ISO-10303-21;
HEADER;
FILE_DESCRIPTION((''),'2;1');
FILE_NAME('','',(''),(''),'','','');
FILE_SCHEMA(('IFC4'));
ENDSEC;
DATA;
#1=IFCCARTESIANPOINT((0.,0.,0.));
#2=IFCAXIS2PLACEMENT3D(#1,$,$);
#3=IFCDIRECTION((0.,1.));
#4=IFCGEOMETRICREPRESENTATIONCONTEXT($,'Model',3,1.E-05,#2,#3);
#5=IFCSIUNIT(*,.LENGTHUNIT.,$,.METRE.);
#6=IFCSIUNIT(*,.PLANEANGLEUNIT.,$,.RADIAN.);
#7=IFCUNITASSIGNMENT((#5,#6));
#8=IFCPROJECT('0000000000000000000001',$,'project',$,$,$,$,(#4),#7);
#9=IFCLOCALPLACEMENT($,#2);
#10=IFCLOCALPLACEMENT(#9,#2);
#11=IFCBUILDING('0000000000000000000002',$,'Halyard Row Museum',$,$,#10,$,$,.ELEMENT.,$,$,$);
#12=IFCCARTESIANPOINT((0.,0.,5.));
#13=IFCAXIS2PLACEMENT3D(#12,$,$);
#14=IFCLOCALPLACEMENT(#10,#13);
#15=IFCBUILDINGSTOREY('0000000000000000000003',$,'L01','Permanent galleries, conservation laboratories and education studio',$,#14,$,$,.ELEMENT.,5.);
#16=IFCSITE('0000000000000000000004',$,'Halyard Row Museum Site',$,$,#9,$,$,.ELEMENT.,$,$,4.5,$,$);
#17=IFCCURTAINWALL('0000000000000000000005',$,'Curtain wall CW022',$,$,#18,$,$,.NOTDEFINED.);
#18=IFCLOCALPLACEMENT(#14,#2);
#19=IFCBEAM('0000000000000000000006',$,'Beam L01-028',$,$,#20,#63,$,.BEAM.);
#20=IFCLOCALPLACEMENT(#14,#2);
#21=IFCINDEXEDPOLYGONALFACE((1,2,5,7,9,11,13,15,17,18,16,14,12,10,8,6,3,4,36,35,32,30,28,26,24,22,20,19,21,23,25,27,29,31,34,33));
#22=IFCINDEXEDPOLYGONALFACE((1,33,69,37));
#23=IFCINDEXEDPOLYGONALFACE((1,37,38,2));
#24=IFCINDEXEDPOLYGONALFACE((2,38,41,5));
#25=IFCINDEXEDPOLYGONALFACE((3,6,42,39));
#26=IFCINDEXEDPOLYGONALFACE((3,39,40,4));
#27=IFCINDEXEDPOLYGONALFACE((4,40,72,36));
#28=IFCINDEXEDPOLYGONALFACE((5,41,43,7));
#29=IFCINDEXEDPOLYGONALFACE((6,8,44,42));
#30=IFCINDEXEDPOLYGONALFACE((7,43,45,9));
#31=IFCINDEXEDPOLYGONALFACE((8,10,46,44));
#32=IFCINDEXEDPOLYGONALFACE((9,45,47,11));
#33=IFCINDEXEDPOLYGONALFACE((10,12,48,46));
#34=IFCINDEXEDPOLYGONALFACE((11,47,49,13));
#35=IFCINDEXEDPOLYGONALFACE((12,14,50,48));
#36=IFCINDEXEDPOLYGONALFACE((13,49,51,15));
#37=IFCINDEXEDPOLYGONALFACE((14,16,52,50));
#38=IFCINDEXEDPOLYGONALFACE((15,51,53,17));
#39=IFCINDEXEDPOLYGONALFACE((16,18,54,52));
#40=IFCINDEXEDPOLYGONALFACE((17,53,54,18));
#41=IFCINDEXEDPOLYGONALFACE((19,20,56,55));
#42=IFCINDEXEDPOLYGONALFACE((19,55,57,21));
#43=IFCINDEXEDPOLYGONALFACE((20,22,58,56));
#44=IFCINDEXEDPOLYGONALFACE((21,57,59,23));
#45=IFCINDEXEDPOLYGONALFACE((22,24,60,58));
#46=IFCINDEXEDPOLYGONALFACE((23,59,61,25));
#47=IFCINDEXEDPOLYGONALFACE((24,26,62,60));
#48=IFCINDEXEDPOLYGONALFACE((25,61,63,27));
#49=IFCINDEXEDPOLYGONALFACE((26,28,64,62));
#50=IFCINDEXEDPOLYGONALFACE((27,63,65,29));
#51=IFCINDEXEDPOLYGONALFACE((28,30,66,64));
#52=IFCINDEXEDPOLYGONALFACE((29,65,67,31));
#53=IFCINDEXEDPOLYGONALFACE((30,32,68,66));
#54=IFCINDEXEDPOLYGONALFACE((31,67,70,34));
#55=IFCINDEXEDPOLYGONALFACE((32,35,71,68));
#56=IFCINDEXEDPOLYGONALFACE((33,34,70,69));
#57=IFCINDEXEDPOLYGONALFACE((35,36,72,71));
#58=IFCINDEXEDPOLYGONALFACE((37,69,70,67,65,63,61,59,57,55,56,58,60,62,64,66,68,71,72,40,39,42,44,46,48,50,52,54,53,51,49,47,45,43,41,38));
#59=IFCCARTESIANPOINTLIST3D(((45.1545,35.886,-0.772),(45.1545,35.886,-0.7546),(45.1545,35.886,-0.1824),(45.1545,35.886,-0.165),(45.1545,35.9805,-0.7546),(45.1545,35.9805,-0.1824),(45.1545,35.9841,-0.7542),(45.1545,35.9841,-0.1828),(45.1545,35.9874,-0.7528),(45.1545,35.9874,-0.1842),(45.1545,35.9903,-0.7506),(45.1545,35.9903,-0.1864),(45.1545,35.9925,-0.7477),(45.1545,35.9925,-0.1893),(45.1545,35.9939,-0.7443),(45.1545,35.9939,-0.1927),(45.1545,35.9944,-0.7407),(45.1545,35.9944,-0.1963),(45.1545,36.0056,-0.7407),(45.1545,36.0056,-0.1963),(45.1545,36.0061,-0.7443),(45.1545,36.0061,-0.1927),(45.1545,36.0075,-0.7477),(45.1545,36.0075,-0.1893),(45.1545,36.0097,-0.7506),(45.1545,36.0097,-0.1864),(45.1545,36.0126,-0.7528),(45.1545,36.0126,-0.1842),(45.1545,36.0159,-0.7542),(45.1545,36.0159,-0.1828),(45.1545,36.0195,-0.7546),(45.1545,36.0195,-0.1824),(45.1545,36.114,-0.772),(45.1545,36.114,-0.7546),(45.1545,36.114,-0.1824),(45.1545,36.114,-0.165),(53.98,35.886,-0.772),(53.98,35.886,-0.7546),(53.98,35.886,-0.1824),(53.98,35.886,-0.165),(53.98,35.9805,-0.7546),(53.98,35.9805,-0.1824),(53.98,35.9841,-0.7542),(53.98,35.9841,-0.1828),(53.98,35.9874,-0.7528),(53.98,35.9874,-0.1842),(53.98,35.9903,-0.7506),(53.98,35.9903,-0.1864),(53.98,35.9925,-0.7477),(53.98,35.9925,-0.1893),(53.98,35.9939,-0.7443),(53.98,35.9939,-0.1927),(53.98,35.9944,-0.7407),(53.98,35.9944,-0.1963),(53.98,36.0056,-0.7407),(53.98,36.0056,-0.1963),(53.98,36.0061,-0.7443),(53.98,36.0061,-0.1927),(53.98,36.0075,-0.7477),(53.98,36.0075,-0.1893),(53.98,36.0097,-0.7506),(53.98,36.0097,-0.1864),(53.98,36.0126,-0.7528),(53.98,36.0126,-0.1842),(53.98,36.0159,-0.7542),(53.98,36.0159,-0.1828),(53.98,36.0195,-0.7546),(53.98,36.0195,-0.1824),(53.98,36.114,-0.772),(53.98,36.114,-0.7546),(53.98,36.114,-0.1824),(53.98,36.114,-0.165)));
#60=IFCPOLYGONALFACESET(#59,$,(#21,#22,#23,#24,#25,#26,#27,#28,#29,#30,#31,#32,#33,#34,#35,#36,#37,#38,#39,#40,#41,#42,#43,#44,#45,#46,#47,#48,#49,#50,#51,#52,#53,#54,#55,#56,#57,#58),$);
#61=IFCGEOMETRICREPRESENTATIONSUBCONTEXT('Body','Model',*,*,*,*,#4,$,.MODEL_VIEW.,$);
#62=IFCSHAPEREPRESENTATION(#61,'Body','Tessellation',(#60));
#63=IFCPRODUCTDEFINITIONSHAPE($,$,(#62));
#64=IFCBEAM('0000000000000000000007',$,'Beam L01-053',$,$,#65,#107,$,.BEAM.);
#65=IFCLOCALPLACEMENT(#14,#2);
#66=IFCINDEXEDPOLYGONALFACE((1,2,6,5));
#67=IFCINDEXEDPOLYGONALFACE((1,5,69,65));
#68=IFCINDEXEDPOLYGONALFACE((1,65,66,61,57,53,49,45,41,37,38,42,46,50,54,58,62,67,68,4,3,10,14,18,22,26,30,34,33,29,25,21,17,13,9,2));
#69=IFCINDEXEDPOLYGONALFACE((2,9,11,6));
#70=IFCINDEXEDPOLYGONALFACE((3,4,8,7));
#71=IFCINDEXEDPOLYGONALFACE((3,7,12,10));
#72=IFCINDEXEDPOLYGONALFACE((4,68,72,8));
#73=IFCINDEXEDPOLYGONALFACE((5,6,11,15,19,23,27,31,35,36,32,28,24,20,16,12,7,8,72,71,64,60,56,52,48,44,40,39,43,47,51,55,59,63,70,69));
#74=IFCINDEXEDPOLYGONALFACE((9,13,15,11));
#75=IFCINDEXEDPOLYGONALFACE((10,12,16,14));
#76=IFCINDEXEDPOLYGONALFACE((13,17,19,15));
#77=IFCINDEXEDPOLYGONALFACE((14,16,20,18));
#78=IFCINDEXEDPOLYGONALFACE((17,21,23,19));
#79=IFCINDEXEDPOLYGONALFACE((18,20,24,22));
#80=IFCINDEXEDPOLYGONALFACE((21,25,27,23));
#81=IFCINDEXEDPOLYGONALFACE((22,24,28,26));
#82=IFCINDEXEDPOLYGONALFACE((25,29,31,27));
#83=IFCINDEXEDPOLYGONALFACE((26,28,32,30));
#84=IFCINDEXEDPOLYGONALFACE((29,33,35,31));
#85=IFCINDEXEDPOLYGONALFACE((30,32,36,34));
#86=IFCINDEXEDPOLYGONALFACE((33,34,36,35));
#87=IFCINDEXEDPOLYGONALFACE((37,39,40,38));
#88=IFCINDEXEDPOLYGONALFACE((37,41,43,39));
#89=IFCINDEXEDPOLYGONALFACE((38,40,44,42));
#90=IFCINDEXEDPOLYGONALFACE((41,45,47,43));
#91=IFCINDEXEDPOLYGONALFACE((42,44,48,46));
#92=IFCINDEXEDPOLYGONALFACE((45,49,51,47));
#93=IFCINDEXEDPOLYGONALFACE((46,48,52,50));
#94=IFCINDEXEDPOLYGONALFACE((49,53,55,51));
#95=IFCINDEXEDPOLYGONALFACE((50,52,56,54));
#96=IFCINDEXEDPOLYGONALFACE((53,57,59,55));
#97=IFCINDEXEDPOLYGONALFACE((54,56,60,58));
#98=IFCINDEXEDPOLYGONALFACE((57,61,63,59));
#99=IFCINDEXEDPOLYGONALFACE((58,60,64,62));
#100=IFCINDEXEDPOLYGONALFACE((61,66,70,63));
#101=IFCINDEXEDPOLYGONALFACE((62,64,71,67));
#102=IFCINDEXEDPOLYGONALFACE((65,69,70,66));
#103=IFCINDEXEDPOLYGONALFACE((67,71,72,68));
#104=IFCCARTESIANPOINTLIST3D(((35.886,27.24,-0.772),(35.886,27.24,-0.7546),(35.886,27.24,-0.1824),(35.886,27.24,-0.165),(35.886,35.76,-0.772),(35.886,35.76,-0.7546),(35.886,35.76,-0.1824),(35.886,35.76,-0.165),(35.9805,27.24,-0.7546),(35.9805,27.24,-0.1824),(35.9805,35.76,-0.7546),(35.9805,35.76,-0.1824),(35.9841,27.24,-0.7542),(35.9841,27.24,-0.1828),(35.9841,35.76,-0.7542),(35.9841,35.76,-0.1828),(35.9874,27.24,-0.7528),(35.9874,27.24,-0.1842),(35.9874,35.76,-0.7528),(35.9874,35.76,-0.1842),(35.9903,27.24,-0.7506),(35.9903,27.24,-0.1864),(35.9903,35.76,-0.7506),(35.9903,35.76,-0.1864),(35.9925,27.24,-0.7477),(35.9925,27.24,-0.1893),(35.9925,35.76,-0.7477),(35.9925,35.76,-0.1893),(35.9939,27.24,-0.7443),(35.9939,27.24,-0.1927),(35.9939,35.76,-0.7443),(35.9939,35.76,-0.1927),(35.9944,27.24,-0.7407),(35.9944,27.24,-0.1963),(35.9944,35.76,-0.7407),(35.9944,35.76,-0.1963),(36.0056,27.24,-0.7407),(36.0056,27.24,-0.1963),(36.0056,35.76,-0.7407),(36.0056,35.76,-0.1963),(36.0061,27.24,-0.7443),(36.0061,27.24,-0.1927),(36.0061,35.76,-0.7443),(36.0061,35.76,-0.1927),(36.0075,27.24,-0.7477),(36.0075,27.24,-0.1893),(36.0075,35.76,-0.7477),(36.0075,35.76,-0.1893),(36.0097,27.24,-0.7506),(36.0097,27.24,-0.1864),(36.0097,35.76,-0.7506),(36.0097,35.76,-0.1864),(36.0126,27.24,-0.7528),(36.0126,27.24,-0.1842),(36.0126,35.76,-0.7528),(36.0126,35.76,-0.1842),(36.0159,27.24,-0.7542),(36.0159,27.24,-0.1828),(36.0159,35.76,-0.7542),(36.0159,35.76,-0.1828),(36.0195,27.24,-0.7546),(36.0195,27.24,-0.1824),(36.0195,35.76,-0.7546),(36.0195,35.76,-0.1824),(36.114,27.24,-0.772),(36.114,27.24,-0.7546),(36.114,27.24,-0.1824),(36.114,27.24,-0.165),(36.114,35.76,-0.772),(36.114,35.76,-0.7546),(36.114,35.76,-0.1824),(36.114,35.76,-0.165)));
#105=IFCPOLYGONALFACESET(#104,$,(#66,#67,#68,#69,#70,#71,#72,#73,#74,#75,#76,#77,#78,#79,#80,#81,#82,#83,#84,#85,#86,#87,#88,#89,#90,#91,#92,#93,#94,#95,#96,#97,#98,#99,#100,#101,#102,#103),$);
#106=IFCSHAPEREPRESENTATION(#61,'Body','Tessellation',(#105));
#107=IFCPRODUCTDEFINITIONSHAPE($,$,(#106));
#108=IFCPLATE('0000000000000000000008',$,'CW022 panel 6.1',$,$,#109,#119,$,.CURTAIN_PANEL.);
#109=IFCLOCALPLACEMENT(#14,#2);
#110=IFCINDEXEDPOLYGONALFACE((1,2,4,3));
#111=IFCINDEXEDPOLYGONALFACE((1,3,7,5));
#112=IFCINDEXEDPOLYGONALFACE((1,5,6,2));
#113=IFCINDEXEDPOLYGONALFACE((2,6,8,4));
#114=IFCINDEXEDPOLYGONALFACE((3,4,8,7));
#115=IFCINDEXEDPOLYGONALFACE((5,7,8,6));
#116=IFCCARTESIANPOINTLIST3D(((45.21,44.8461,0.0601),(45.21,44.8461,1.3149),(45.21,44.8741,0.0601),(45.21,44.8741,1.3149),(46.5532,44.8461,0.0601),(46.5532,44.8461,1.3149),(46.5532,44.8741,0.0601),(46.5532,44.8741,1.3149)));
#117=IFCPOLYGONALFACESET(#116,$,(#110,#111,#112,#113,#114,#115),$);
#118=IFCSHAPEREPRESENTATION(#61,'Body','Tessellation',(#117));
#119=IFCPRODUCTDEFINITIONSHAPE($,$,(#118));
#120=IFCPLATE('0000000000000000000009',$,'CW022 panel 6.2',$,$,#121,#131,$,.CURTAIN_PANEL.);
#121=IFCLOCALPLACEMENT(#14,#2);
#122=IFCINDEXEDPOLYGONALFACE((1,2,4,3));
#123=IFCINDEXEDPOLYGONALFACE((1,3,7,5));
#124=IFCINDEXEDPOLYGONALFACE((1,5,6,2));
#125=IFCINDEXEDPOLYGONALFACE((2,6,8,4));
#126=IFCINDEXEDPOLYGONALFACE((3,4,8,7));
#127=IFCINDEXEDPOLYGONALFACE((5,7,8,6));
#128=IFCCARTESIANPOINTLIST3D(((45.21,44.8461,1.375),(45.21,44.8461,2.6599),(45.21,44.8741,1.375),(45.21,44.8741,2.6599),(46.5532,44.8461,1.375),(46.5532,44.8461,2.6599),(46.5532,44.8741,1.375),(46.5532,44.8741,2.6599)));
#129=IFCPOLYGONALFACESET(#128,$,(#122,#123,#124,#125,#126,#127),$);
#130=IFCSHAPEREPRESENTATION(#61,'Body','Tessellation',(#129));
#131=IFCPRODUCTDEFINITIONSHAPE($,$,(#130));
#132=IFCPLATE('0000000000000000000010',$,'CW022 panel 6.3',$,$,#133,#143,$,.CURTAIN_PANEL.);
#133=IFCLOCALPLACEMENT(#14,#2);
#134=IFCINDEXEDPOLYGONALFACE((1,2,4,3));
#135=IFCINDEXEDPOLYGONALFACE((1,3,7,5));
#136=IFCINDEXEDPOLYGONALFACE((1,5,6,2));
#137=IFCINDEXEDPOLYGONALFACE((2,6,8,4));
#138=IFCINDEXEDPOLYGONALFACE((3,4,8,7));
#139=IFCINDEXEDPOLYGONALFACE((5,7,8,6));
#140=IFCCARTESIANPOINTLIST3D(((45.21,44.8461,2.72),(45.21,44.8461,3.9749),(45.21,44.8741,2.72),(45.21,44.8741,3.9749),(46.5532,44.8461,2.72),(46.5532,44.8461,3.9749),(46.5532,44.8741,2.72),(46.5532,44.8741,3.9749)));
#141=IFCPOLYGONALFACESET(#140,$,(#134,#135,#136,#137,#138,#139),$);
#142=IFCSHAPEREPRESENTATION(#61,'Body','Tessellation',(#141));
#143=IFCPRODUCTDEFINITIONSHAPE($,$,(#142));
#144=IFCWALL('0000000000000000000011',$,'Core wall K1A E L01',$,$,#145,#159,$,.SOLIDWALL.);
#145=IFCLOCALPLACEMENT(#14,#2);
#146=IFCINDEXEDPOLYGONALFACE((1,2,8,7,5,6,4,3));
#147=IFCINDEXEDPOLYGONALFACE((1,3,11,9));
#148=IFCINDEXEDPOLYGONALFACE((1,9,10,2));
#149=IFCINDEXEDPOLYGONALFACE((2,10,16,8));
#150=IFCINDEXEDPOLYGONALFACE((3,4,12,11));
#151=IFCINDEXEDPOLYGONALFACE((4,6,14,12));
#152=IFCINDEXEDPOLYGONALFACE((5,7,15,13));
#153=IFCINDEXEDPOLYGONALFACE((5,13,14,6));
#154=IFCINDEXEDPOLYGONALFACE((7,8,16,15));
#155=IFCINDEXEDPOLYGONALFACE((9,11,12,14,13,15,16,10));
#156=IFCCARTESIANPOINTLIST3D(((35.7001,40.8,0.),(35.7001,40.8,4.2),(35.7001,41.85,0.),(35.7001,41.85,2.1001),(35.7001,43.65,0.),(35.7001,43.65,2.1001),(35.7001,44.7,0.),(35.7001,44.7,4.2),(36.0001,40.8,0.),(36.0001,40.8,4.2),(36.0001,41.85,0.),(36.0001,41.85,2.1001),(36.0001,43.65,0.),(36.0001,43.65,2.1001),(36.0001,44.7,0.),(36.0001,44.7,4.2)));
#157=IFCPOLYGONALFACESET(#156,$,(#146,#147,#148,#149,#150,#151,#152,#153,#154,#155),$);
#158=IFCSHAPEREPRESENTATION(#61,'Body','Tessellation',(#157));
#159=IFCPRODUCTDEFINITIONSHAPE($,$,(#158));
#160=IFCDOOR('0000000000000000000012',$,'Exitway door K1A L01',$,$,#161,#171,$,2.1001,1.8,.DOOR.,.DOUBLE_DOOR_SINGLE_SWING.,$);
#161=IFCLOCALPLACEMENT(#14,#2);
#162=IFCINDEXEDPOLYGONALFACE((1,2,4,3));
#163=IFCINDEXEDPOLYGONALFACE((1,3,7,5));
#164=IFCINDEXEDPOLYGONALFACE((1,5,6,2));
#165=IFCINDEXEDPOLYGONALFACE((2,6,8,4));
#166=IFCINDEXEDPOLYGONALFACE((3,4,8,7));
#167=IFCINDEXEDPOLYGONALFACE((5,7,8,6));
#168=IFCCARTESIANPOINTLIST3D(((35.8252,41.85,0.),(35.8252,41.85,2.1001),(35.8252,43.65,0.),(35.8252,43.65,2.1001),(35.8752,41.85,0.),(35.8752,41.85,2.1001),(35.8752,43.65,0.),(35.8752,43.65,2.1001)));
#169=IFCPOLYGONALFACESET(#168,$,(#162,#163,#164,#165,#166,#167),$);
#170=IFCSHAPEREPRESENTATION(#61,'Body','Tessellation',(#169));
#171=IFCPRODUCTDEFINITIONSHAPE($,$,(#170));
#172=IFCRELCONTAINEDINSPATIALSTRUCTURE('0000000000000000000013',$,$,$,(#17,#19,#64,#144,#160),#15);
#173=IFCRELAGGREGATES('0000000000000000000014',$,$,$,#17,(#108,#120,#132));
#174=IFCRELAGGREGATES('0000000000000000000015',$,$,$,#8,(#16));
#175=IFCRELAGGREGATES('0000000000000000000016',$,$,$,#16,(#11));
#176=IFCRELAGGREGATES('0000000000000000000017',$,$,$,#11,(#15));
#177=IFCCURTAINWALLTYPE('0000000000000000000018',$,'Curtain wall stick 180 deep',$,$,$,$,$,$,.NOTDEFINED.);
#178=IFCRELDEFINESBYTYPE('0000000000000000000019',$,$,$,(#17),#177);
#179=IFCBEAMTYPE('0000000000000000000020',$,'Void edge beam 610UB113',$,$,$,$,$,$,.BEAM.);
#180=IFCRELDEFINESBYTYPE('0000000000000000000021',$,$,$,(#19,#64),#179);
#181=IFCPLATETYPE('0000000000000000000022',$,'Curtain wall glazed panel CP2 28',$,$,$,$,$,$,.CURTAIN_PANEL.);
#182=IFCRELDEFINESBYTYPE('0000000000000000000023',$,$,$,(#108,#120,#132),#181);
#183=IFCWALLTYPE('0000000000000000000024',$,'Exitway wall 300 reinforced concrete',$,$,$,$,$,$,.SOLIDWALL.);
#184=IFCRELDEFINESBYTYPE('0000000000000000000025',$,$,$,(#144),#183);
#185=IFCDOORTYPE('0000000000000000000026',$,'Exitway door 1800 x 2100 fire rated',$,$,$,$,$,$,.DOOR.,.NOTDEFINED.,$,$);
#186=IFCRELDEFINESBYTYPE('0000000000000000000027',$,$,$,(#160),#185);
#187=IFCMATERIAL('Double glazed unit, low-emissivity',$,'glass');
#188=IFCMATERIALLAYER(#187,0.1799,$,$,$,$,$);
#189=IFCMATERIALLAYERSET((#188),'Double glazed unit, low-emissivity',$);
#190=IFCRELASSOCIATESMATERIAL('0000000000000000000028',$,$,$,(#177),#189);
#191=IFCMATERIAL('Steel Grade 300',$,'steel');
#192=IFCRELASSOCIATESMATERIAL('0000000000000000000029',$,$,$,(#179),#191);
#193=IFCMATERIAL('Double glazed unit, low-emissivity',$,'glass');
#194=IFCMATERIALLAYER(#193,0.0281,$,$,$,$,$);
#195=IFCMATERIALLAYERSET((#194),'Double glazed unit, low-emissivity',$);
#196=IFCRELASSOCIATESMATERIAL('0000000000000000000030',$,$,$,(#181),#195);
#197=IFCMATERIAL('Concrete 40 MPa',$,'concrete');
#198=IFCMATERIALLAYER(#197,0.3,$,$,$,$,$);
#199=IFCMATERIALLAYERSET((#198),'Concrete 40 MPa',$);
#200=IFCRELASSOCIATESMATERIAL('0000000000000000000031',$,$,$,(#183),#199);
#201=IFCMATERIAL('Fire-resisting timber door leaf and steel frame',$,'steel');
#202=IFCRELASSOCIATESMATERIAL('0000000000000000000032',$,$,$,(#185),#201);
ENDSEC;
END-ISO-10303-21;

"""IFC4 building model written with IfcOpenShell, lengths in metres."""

from ifc_helpers import new_model, si_unit, direction, frame, frame_2d, origin, origin_2d, place, context, subcontext, project, spatial, rectangle, i_section, extrude, material, layer, layer_set, material_profile, profile_set, type_object, element, fill, aggregate, save


model = new_model("IFC4")

# Units and contexts
model_context = context("Model", 3, precision=1e-05, world=origin(), true_north=direction((0.0, 1.0)))
body_context = subcontext(model_context, "Body", "Model", "MODEL_VIEW")
ifc_project = project(units=[si_unit("LENGTHUNIT", "METRE"), si_unit("PLANEANGLEUNIT", "RADIAN")], contexts=[model_context])

# Site, building, storey
site_placement = place(None, origin())
site = spatial("IfcSite", under=ifc_project, at=site_placement, Name="Halyard Row Museum Site", CompositionType="ELEMENT", RefElevation=4.5)
building_placement = place(site_placement, origin())
building = spatial("IfcBuilding", under=site, at=building_placement, Name="Halyard Row Museum", CompositionType="ELEMENT")
storey_placement = place(building_placement, frame((0.0, 0.0, 5.0)))
storey = spatial("IfcBuildingStorey", under=building, at=storey_placement, Name="L01", Description="Permanent galleries, conservation laboratories and education studio", CompositionType="ELEMENT", Elevation=5.0)

# Curtain wall
ifc_material_1 = material(Name="Double glazed unit, low-emissivity", Category="glass")
ifc_layer_1 = layer(ifc_material_1, 0.1799)
ifc_layer_set_1 = layer_set([ifc_layer_1], Name="Double glazed unit, low-emissivity")
curtain_wall_type = type_object("IfcCurtainWallType", Name="Curtain wall stick 180 deep", PredefinedType="NOTDEFINED", material=ifc_layer_set_1)
curtain_wall_placement = place(storey_placement, origin())
curtain_wall = element("IfcCurtainWall", 1, at=curtain_wall_placement, inside=storey, type_object=curtain_wall_type, Name="Curtain wall CW022", PredefinedType="NOTDEFINED")

# Beams
ifc_material_2 = material(Name="Steel Grade 300", Category="steel")
ifc_material_profile_1 = material_profile(ifc_material_2, i_section(OverallWidth=0.228, OverallDepth=0.6069, WebThickness=0.0112, FlangeThickness=0.0173, FilletRadius=0.0139, at=origin_2d()), Name="610UB113")
ifc_profile_set_1 = profile_set([ifc_material_profile_1], Name="Steel Grade 300")
beam_type_1 = type_object("IfcBeamType", Name="Void edge beam 610UB113", PredefinedType="BEAM", material=ifc_profile_set_1)
for number, where, z_axis, x_axis, name in (
    (2, (45.1545, 36.0, -0.4685), (1.0, 0.0, 0.0), (0.0, 1.0, 0.0), "Beam L01-028"),
):
    element("IfcBeam", number, at=place(storey_placement, frame(where, z_axis=z_axis, x_axis=x_axis)), inside=storey, type_object=beam_type_1, Name=name, PredefinedType="BEAM", context=body_context, shape_type="SweptSolid", body=[
        extrude(i_section(OverallWidth=0.228, OverallDepth=0.6069, WebThickness=0.0112, FlangeThickness=0.0173, FilletRadius=0.0139, at=origin_2d()), origin(), (0.0, 0.0, 1.0), 8.8254),
    ])
beam_1_placement = place(storey_placement, frame((36.0, 27.24, -0.4685), z_axis=(0.0, 1.0, 0.0), x_axis=(-1.0, 0.0, 0.0)))
element("IfcBeam", 3, at=beam_1_placement, inside=storey, type_object=beam_type_1, Name="Beam L01-053", PredefinedType="BEAM", context=body_context, shape_type="SweptSolid", body=[
    extrude(i_section(OverallWidth=0.228, OverallDepth=0.6069, WebThickness=0.0112, FlangeThickness=0.0173, FilletRadius=0.0139, at=origin_2d()), origin(), (0.0, 0.0, 1.0), 8.52),
])

# Plates
ifc_material_3 = material(Name="Double glazed unit, low-emissivity", Category="glass")
ifc_layer_2 = layer(ifc_material_3, 0.0281)
ifc_layer_set_2 = layer_set([ifc_layer_2], Name="Double glazed unit, low-emissivity")
plate_type = type_object("IfcPlateType", Name="Curtain wall glazed panel CP2 28", PredefinedType="CURTAIN_PANEL", material=ifc_layer_set_2)
plate_1_placement = place(storey_placement, frame((45.8816, 44.8601, 0.0601), z_axis=(0.0, 0.0, 1.0), x_axis=(-1.0, 0.0, 0.0)))
plate_1 = element("IfcPlate", 4, at=plate_1_placement, type_object=plate_type, Name="CW022 panel 6.1", PredefinedType="CURTAIN_PANEL", context=body_context, shape_type="SweptSolid", body=[
    extrude(rectangle(XDim=1.3433, YDim=0.0281, at=origin_2d()), origin(), (0.0, 0.0, 1.0), 1.2549),
])
plate_2_placement = place(storey_placement, frame((45.8816, 44.8601, 1.375), z_axis=(0.0, 0.0, 1.0), x_axis=(-1.0, 0.0, 0.0)))
plate_2 = element("IfcPlate", 5, at=plate_2_placement, type_object=plate_type, Name="CW022 panel 6.2", PredefinedType="CURTAIN_PANEL", context=body_context, shape_type="SweptSolid", body=[
    extrude(rectangle(XDim=1.3433, YDim=0.0281, at=origin_2d()), origin(), (0.0, 0.0, 1.0), 1.2849),
])
plate_3_placement = place(storey_placement, frame((45.8816, 44.8601, 2.72), z_axis=(0.0, 0.0, 1.0), x_axis=(-1.0, 0.0, 0.0)))
plate_3 = element("IfcPlate", 6, at=plate_3_placement, type_object=plate_type, Name="CW022 panel 6.3", PredefinedType="CURTAIN_PANEL", context=body_context, shape_type="SweptSolid", body=[
    extrude(rectangle(XDim=1.3433, YDim=0.0281, at=origin_2d()), origin(), (0.0, 0.0, 1.0), 1.2549),
])
aggregate(curtain_wall, [plate_1, plate_2, plate_3])

# Wall, opening, door
ifc_material_4 = material(Name="Concrete 40 MPa", Category="concrete")
ifc_layer_3 = layer(ifc_material_4, 0.3)
ifc_layer_set_3 = layer_set([ifc_layer_3], Name="Concrete 40 MPa")
wall_type_1 = type_object("IfcWallType", Name="Exitway wall 300 reinforced concrete", PredefinedType="SOLIDWALL", material=ifc_layer_set_3)
wall_1_placement = place(storey_placement, frame((35.8501, 40.8, 0.0), z_axis=(0.0, 0.0, 1.0), x_axis=(0.0, 1.0, 0.0)))
wall_1 = element("IfcWall", 7, at=wall_1_placement, inside=storey, type_object=wall_type_1, Name="Core wall K1A E L01", PredefinedType="SOLIDWALL", context=body_context, shape_type="SweptSolid", body=[
    extrude(rectangle(XDim=3.8999, YDim=0.3, at=frame_2d((1.95, 0.0))), origin(), (0.0, 0.0, 1.0), 4.2),
])
opening_1_placement = place(wall_1_placement, frame((1.05, 0.0, 0.0)))
opening_1 = element("IfcOpeningElement", 8, at=opening_1_placement, cuts=wall_1, PredefinedType="OPENING", context=body_context, shape_type="SweptSolid", body=[
    extrude(rectangle(XDim=1.8, YDim=2.1001, at=frame_2d((0.8999, 1.05))), frame((0.0, 0.1599, 0.0), z_axis=(0.0, -1.0, 0.0), x_axis=(1.0, 0.0, 0.0)), (0.0, 0.0, 1.0), 0.3201),
])
ifc_material_5 = material(Name="Fire-resisting timber door leaf and steel frame", Category="steel")
door_type_1 = type_object("IfcDoorType", Name="Exitway door 1800 x 2100 fire rated", OperationType="NOTDEFINED", PredefinedType="DOOR", material=ifc_material_5)
door_1_placement = place(opening_1_placement, origin())
door_1 = element("IfcDoor", 9, at=door_1_placement, inside=storey, type_object=door_type_1, Name="Exitway door K1A L01", OperationType="DOUBLE_DOOR_SINGLE_SWING", OverallHeight=2.1001, OverallWidth=1.8, PredefinedType="DOOR", context=body_context, shape_type="SweptSolid", body=[
    extrude(rectangle(XDim=1.8, YDim=2.1001, at=frame_2d((0.8999, 1.05))), frame((0.0, 0.0249, 0.0), z_axis=(0.0, -1.0, 0.0), x_axis=(1.0, 0.0, 0.0)), (0.0, 0.0, 1.0), 0.05),
])
fill(opening_1, door_1)

save(model, "model.ifc")
